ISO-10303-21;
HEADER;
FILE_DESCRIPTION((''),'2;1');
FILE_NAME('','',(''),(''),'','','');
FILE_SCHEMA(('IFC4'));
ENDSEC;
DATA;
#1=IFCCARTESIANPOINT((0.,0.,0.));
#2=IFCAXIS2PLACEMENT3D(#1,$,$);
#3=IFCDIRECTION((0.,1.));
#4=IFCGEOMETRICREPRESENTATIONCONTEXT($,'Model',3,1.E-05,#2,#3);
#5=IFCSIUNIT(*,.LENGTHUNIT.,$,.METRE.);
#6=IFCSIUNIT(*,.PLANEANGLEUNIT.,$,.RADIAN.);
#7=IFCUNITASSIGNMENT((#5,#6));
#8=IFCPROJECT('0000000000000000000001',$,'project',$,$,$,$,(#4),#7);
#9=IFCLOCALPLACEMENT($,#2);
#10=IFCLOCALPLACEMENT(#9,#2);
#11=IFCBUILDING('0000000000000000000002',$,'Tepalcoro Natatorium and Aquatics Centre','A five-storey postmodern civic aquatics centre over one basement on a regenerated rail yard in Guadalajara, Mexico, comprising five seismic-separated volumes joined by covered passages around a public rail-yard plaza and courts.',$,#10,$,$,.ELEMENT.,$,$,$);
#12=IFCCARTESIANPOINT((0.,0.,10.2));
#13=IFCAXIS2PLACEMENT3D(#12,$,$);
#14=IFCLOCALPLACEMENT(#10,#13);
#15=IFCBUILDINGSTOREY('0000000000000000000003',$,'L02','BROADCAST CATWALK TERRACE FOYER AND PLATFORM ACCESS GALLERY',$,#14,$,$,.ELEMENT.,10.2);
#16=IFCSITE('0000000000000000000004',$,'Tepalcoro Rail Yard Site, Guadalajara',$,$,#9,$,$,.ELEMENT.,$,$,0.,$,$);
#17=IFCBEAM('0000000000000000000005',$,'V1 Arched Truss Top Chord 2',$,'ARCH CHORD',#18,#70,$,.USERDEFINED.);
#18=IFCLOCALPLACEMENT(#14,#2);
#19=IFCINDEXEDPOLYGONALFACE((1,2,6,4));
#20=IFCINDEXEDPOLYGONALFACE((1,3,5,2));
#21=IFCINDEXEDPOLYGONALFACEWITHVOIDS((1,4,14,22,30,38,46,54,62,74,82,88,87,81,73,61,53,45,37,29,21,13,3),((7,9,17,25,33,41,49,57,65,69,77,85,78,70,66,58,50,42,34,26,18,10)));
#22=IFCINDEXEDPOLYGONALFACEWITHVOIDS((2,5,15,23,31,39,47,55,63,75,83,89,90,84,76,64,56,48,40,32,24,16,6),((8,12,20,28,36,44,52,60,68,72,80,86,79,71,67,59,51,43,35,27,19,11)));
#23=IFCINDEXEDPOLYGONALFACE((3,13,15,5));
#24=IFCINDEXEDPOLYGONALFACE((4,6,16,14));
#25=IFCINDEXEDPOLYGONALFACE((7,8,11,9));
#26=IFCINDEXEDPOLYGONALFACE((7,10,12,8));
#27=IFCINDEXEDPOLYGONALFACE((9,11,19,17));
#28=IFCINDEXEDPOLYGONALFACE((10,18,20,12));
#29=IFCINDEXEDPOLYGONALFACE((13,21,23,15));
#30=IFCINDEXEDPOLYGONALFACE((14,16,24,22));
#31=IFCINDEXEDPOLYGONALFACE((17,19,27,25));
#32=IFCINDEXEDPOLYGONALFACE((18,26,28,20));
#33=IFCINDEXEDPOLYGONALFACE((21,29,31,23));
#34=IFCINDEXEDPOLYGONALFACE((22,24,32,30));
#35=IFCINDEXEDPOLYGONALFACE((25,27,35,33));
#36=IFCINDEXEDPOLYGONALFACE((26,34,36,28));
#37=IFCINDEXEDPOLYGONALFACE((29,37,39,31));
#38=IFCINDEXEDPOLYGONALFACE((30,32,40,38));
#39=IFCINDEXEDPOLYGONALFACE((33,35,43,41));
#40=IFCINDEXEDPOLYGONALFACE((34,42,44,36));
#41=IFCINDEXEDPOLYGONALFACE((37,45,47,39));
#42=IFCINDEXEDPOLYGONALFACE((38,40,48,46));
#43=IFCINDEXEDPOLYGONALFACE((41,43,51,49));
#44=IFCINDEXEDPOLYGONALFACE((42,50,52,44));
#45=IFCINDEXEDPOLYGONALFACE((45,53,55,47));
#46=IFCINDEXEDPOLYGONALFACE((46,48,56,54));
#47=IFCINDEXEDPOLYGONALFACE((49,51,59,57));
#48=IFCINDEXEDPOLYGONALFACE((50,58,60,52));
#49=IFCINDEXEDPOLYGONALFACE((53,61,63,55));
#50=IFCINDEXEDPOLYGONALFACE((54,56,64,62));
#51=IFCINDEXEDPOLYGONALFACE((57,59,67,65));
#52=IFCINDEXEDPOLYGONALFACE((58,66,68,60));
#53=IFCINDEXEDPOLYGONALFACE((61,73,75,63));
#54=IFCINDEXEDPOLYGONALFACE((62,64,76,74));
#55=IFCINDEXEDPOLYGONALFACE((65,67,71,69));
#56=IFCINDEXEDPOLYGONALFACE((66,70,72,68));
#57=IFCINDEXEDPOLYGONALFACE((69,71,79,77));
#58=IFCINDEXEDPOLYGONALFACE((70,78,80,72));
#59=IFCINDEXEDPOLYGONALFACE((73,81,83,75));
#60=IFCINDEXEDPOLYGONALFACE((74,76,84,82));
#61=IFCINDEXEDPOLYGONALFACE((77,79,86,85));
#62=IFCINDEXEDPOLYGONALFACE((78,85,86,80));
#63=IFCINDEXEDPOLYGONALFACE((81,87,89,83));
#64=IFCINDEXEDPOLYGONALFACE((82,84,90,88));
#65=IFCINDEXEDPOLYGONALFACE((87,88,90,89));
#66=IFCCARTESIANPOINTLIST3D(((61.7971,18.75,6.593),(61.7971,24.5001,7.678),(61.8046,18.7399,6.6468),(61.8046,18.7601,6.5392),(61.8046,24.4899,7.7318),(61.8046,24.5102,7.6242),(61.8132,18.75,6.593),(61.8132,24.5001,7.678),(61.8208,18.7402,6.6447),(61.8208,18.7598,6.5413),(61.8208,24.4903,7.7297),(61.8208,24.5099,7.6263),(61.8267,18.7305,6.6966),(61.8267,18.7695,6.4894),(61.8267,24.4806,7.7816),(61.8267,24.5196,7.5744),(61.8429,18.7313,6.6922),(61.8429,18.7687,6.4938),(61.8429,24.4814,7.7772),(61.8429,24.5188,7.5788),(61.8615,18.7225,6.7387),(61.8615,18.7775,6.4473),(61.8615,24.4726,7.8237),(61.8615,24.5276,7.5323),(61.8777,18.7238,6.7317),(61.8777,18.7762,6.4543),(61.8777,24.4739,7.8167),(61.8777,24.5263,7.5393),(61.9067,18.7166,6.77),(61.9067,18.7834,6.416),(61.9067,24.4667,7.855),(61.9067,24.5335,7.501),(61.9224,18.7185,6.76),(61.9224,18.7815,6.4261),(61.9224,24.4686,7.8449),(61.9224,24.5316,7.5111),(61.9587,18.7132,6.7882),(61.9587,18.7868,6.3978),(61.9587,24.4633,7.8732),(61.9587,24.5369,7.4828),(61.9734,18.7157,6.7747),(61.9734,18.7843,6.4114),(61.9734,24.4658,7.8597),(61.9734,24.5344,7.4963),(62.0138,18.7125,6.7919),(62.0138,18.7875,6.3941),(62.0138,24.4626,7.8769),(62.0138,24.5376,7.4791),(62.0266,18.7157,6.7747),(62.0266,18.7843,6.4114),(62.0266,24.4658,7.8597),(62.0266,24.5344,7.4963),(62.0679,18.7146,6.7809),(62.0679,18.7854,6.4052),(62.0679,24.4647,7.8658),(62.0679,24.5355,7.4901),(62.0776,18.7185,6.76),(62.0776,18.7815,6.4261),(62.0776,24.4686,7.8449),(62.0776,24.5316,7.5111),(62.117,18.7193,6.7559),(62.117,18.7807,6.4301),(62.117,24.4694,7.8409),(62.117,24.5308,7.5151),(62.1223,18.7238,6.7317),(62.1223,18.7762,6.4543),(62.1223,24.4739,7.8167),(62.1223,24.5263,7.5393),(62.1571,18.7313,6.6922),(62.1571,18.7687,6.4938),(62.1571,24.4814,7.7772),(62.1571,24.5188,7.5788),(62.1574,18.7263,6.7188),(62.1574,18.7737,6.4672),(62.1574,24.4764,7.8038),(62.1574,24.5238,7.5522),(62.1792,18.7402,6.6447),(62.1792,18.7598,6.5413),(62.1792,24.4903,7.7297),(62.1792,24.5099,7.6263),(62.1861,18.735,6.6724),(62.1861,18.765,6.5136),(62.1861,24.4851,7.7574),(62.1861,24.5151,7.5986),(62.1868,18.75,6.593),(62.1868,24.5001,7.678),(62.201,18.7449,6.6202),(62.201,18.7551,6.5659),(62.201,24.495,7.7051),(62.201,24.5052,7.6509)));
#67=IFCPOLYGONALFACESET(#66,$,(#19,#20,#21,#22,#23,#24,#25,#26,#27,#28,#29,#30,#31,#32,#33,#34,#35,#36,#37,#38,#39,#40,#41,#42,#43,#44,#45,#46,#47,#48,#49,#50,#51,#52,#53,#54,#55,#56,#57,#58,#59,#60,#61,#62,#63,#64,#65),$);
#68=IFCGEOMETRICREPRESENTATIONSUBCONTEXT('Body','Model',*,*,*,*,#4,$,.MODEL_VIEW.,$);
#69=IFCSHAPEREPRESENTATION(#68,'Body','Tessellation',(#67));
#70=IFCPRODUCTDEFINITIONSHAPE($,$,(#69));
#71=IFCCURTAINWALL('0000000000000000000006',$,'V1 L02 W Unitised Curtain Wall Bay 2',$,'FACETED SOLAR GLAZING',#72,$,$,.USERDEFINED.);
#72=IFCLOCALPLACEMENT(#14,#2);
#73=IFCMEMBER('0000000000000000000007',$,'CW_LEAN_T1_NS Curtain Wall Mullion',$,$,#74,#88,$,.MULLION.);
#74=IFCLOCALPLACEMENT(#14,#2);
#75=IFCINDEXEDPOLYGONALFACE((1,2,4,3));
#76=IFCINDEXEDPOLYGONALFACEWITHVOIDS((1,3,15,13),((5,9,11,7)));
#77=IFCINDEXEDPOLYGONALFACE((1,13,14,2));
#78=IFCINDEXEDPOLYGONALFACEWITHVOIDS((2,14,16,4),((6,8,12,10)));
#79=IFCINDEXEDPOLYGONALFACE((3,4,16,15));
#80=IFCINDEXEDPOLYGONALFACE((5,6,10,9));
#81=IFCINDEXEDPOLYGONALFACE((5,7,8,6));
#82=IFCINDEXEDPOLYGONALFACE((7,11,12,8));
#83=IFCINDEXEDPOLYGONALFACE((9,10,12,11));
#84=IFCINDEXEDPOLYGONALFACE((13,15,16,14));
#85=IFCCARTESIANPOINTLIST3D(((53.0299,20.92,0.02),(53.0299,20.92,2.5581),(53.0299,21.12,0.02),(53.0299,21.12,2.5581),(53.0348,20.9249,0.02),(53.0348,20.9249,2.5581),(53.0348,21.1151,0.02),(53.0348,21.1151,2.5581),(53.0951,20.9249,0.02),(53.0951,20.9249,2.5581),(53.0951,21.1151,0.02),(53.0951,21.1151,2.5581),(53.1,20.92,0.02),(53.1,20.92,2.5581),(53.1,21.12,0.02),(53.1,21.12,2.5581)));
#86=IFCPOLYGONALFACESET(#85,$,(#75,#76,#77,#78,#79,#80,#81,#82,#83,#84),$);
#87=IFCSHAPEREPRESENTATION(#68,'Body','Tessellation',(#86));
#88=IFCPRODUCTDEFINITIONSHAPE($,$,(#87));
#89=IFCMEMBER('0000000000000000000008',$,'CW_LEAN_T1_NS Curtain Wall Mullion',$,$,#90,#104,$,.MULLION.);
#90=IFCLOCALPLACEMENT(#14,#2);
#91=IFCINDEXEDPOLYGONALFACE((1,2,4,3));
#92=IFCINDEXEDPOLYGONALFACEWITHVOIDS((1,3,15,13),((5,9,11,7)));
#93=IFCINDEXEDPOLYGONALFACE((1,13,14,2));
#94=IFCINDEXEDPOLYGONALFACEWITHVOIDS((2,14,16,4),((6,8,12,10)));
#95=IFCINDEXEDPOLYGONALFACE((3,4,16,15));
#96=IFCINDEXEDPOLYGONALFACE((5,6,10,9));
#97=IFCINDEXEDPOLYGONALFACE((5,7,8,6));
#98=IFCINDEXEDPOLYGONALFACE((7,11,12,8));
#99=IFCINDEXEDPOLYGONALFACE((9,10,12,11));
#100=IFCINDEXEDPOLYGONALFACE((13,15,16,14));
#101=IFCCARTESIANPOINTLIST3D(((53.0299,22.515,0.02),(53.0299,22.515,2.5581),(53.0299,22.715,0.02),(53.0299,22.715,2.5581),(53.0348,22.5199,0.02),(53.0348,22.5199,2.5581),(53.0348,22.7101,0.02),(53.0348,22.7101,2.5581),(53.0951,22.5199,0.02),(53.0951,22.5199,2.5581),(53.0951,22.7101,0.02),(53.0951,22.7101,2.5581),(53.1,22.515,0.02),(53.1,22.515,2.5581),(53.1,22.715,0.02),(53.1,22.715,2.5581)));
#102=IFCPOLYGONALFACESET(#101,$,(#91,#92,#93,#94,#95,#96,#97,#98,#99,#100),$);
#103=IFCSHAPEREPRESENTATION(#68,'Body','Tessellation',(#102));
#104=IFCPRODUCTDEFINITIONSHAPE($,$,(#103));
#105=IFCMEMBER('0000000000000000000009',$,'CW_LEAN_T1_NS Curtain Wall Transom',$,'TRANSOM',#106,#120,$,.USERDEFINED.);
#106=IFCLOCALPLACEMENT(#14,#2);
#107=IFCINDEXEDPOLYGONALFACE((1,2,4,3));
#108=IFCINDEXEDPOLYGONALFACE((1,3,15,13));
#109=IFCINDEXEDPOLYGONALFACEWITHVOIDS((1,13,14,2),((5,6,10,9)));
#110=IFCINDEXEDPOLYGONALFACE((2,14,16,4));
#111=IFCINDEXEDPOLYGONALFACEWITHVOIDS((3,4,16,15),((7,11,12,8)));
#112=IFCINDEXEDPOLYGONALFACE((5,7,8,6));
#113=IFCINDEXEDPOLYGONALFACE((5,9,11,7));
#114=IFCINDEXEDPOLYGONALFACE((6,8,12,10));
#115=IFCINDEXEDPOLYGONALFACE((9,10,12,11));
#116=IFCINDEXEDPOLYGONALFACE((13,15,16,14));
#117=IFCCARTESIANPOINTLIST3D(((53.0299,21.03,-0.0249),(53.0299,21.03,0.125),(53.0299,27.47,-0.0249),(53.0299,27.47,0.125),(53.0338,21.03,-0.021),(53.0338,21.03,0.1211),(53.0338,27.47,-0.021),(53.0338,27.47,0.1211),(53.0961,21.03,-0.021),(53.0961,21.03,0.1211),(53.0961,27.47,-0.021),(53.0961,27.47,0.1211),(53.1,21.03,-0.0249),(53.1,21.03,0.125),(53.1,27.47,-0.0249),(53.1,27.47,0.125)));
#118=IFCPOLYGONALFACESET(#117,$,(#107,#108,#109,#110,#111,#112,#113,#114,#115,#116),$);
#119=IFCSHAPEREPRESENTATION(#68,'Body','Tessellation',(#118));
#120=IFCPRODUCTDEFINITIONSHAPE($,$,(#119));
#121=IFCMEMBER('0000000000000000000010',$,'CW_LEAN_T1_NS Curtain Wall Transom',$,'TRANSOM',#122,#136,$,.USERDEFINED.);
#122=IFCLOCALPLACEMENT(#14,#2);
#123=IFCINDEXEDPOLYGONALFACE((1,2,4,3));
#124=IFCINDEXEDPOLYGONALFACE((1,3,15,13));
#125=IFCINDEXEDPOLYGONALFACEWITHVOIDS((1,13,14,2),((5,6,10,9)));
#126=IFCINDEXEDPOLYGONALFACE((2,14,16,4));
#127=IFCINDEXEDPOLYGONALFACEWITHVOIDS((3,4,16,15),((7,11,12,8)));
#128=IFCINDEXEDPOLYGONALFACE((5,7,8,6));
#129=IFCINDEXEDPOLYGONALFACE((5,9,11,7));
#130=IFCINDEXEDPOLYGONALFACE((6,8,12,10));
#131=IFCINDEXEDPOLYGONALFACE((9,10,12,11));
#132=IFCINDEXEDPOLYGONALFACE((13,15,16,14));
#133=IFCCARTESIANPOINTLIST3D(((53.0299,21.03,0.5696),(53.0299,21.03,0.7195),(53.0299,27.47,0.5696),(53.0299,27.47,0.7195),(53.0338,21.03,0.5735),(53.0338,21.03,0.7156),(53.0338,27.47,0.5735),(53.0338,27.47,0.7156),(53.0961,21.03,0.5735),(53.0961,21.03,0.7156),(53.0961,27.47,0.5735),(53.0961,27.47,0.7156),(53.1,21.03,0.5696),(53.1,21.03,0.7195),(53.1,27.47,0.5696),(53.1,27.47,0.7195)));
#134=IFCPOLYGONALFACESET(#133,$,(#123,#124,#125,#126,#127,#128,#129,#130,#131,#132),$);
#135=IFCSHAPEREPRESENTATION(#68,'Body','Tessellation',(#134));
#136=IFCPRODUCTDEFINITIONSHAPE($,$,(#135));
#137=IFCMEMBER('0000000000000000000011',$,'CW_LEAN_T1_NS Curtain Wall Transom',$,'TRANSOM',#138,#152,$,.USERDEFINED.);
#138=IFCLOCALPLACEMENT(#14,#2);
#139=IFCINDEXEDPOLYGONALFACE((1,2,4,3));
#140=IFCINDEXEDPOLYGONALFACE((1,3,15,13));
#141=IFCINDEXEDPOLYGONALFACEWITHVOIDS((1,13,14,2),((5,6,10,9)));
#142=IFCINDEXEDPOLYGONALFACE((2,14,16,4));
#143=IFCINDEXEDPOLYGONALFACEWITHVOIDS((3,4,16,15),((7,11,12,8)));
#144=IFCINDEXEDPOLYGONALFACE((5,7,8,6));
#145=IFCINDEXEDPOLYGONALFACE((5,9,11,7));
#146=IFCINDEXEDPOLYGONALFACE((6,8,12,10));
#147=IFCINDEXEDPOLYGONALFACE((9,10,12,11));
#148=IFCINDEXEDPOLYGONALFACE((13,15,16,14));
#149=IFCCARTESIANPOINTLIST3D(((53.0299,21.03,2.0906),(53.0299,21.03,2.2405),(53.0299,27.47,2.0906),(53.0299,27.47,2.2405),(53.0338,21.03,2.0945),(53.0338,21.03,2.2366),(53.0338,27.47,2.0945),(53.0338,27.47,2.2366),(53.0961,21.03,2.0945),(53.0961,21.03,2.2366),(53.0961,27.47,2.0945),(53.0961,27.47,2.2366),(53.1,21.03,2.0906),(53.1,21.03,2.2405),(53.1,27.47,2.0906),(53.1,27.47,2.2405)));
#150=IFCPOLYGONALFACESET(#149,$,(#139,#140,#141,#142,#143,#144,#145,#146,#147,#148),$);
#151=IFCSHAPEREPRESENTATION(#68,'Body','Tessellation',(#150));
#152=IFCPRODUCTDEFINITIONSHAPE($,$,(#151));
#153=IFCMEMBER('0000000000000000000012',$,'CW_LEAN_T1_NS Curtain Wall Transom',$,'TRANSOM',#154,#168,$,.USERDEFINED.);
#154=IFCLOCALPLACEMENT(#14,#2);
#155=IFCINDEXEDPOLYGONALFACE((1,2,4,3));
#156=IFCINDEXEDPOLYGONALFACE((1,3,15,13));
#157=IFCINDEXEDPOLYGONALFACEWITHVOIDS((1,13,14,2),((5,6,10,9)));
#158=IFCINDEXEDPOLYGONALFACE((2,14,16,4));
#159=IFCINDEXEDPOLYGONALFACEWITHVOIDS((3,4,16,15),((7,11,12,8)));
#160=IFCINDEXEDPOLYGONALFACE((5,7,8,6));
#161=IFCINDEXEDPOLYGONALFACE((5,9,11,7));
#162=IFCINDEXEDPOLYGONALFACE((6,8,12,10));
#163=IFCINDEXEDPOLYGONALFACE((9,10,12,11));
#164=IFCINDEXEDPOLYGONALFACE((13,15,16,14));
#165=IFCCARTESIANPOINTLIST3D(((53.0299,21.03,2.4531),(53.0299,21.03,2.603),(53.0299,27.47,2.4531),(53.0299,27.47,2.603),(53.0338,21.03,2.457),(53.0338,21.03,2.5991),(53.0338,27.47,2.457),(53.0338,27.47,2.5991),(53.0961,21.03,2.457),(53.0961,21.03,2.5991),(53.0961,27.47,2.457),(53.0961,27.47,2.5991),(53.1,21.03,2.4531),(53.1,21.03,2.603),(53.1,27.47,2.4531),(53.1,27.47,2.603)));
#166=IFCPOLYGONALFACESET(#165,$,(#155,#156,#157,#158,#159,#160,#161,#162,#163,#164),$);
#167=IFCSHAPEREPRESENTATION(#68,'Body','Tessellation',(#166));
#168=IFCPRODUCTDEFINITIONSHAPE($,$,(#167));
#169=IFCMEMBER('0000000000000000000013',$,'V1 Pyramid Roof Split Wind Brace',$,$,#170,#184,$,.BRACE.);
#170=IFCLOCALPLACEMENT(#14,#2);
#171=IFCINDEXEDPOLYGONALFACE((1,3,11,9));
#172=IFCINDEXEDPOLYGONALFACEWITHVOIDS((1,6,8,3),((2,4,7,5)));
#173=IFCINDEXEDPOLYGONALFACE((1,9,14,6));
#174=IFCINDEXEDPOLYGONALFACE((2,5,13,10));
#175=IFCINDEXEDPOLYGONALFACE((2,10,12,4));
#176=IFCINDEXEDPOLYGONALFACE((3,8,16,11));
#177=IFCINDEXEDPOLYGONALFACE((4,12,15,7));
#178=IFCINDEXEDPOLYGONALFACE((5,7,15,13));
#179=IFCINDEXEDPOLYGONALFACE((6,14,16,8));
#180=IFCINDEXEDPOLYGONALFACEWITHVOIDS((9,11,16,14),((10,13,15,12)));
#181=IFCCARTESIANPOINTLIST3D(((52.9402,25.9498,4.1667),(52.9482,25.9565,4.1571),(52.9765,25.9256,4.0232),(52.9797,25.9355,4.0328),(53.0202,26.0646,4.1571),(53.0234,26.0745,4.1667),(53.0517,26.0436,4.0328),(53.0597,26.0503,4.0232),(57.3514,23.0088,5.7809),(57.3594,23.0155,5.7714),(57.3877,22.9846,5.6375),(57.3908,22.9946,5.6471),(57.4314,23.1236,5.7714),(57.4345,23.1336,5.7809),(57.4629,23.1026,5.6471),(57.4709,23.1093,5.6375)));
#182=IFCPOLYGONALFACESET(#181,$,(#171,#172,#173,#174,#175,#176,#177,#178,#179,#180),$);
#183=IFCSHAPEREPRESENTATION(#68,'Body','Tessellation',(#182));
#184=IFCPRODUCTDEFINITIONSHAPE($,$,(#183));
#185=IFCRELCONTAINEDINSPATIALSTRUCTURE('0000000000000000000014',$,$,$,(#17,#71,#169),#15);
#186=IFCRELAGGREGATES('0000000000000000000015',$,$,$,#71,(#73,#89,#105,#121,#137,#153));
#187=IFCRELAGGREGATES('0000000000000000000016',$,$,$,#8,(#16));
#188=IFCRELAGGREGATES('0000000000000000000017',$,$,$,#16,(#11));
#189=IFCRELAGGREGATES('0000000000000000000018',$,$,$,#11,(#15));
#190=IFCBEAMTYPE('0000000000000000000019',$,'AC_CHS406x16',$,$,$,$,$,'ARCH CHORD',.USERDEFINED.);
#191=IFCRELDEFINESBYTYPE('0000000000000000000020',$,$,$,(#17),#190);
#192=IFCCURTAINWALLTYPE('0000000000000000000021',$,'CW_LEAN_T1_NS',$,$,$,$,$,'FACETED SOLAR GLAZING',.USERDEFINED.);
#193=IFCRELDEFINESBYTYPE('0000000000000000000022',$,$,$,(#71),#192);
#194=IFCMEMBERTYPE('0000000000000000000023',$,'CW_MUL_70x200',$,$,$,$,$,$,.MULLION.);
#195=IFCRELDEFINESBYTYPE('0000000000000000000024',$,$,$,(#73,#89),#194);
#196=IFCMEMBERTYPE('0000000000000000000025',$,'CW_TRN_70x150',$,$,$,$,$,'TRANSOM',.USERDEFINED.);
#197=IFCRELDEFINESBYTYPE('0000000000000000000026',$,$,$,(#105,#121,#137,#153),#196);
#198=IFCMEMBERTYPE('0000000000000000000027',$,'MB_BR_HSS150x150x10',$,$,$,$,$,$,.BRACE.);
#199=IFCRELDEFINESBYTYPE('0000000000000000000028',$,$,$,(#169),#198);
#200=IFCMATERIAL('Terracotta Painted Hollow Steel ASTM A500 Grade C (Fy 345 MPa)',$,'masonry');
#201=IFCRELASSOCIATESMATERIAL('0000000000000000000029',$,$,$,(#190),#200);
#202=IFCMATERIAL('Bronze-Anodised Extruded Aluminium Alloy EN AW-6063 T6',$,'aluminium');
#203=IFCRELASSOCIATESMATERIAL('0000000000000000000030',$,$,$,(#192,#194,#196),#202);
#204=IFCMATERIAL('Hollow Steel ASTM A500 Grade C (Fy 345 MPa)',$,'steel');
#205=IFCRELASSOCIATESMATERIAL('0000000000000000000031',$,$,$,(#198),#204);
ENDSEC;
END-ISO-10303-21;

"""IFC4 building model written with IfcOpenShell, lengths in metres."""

from ifc_helpers import new_model, si_unit, direction, frame, origin, origin_2d, place, context, subcontext, project, spatial, hollow_rectangle, hollow_circle, extrude, material, material_profile, profile_set, type_object, element, aggregate, save


model = new_model("IFC4")

# Units and contexts
model_context = context("Model", 3, precision=1e-05, world=origin(), true_north=direction((0.0, 1.0)))
body_context = subcontext(model_context, "Body", "Model", "MODEL_VIEW")
ifc_project = project(units=[si_unit("LENGTHUNIT", "METRE"), si_unit("PLANEANGLEUNIT", "RADIAN")], contexts=[model_context])

# Site, building, storey
site_placement = place(None, origin())
site = spatial("IfcSite", under=ifc_project, at=site_placement, Name="Tepalcoro Rail Yard Site, Guadalajara", CompositionType="ELEMENT", RefElevation=0.0)
building_placement = place(site_placement, origin())
building = spatial("IfcBuilding", under=site, at=building_placement, Name="Tepalcoro Natatorium and Aquatics Centre", Description="A five-storey postmodern civic aquatics centre over one basement on a regenerated rail yard in Guadalajara, Mexico, comprising five seismic-separated volumes joined by covered passages around a public rail-yard plaza and courts.", CompositionType="ELEMENT")
storey_placement = place(building_placement, frame((0.0, 0.0, 10.2)))
storey = spatial("IfcBuildingStorey", under=building, at=storey_placement, Name="L02", Description="BROADCAST CATWALK TERRACE FOYER AND PLATFORM ACCESS GALLERY", CompositionType="ELEMENT", Elevation=10.2)

# Beam
ifc_material_1 = material(Name="Terracotta Painted Hollow Steel ASTM A500 Grade C (Fy 345 MPa)", Category="masonry")
ifc_material_profile_1 = material_profile(ifc_material_1, hollow_circle(Radius=0.2029, WallThickness=0.0161, at=origin_2d()), Name="CHS406X16")
ifc_profile_set_1 = profile_set([ifc_material_profile_1], Name="Terracotta Painted Hollow Steel ASTM A500 Grade C (Fy 345 MPa)")
beam_type = type_object("IfcBeamType", Name="AC_CHS406x16", ElementType="ARCH CHORD", PredefinedType="USERDEFINED", material=ifc_profile_set_1)
beam_placement = place(storey_placement, frame((62.0, 18.75, 6.593), z_axis=(0.0, 0.98266, 0.185417), x_axis=(-1.0, 0.0, 0.0)))
element("IfcBeam", 1, at=beam_placement, inside=storey, type_object=beam_type, Name="V1 Arched Truss Top Chord 2", ObjectType="ARCH CHORD", PredefinedType="USERDEFINED", context=body_context, shape_type="SweptSolid", body=[
    extrude(hollow_circle(Radius=0.2029, WallThickness=0.0161, at=origin_2d()), origin(), (0.0, 0.0, 1.0), 5.8516),
])

# Curtain wall, members
ifc_material_2 = material(Name="Bronze-Anodised Extruded Aluminium Alloy EN AW-6063 T6", Category="aluminium")
curtain_wall_type = type_object("IfcCurtainWallType", Name="CW_LEAN_T1_NS", ElementType="FACETED SOLAR GLAZING", PredefinedType="USERDEFINED", material=ifc_material_2)
curtain_wall_placement = place(storey_placement, origin())
curtain_wall = element("IfcCurtainWall", 2, at=curtain_wall_placement, inside=storey, type_object=curtain_wall_type, Name="V1 L02 W Unitised Curtain Wall Bay 2", ObjectType="FACETED SOLAR GLAZING", PredefinedType="USERDEFINED")
ifc_material_profile_2 = material_profile(ifc_material_2, hollow_rectangle(XDim=0.0701, YDim=0.2, WallThickness=0.0049, at=origin_2d()), Name="AL70X200X5")
ifc_profile_set_2 = profile_set([ifc_material_profile_2], Name="Bronze-Anodised Extruded Aluminium Alloy EN AW-6063 T6")
member_type_1 = type_object("IfcMemberType", Name="CW_MUL_70x200", PredefinedType="MULLION", material=ifc_profile_set_2)
member_1_placement = place(storey_placement, frame((53.0649, 21.02, 0.02), z_axis=(0.0, 0.0, 1.0), x_axis=(1.0, 0.0, 0.0)))
member_1 = element("IfcMember", 3, at=member_1_placement, type_object=member_type_1, Name="CW_LEAN_T1_NS Curtain Wall Mullion", PredefinedType="MULLION", context=body_context, shape_type="SweptSolid", body=[
    extrude(hollow_rectangle(XDim=0.0701, YDim=0.2, WallThickness=0.0049, at=origin_2d()), origin(), (0.0, 0.0, 1.0), 2.5381),
])
member_2_placement = place(storey_placement, frame((53.0649, 22.615, 0.02), z_axis=(0.0, 0.0, 1.0), x_axis=(1.0, 0.0, 0.0)))
member_2 = element("IfcMember", 4, at=member_2_placement, type_object=member_type_1, Name="CW_LEAN_T1_NS Curtain Wall Mullion", PredefinedType="MULLION", context=body_context, shape_type="SweptSolid", body=[
    extrude(hollow_rectangle(XDim=0.0701, YDim=0.2, WallThickness=0.0049, at=origin_2d()), origin(), (0.0, 0.0, 1.0), 2.5381),
])
ifc_material_profile_3 = material_profile(ifc_material_2, hollow_rectangle(XDim=0.0701, YDim=0.1499, WallThickness=0.0039, at=origin_2d()), Name="AL70X150X4")
ifc_profile_set_3 = profile_set([ifc_material_profile_3], Name="Bronze-Anodised Extruded Aluminium Alloy EN AW-6063 T6")
member_type_2 = type_object("IfcMemberType", Name="CW_TRN_70x150", ElementType="TRANSOM", PredefinedType="USERDEFINED", material=ifc_profile_set_3)
member_3_placement = place(storey_placement, frame((53.0649, 21.03, 0.05), z_axis=(0.0, 1.0, 0.0), x_axis=(-1.0, 0.0, 0.0)))
member_3 = element("IfcMember", 5, at=member_3_placement, type_object=member_type_2, Name="CW_LEAN_T1_NS Curtain Wall Transom", ObjectType="TRANSOM", PredefinedType="USERDEFINED", context=body_context, shape_type="SweptSolid", body=[
    extrude(hollow_rectangle(XDim=0.0701, YDim=0.1499, WallThickness=0.0039, at=origin_2d()), origin(), (0.0, 0.0, 1.0), 6.4399),
])
member_4_placement = place(storey_placement, frame((53.0649, 21.03, 0.6445), z_axis=(0.0, 1.0, 0.0), x_axis=(-1.0, 0.0, 0.0)))
member_4 = element("IfcMember", 6, at=member_4_placement, type_object=member_type_2, Name="CW_LEAN_T1_NS Curtain Wall Transom", ObjectType="TRANSOM", PredefinedType="USERDEFINED", context=body_context, shape_type="SweptSolid", body=[
    extrude(hollow_rectangle(XDim=0.0701, YDim=0.1499, WallThickness=0.0039, at=origin_2d()), origin(), (0.0, 0.0, 1.0), 6.4399),
])
member_5_placement = place(storey_placement, frame((53.0649, 21.03, 2.1655), z_axis=(0.0, 1.0, 0.0), x_axis=(-1.0, 0.0, 0.0)))
member_5 = element("IfcMember", 7, at=member_5_placement, type_object=member_type_2, Name="CW_LEAN_T1_NS Curtain Wall Transom", ObjectType="TRANSOM", PredefinedType="USERDEFINED", context=body_context, shape_type="SweptSolid", body=[
    extrude(hollow_rectangle(XDim=0.0701, YDim=0.1499, WallThickness=0.0039, at=origin_2d()), origin(), (0.0, 0.0, 1.0), 6.4399),
])
member_6_placement = place(storey_placement, frame((53.0649, 21.03, 2.5281), z_axis=(0.0, 1.0, 0.0), x_axis=(-1.0, 0.0, 0.0)))
member_6 = element("IfcMember", 8, at=member_6_placement, type_object=member_type_2, Name="CW_LEAN_T1_NS Curtain Wall Transom", ObjectType="TRANSOM", PredefinedType="USERDEFINED", context=body_context, shape_type="SweptSolid", body=[
    extrude(hollow_rectangle(XDim=0.0701, YDim=0.1499, WallThickness=0.0039, at=origin_2d()), origin(), (0.0, 0.0, 1.0), 6.4399),
])

# Member
ifc_material_3 = material(Name="Hollow Steel ASTM A500 Grade C (Fy 345 MPa)", Category="steel")
ifc_material_profile_4 = material_profile(ifc_material_3, hollow_rectangle(XDim=0.1499, YDim=0.1499, WallThickness=0.01, at=origin_2d()), Name="HSS150X150X10")
ifc_profile_set_4 = profile_set([ifc_material_profile_4], Name="Hollow Steel ASTM A500 Grade C (Fy 345 MPa)")
member_type_3 = type_object("IfcMemberType", Name="MB_BR_HSS150x150x10", PredefinedType="BRACE", material=ifc_profile_set_4)
member_7_placement = place(storey_placement, frame((57.4111, 23.0591, 5.7092), z_axis=(-0.795957, 0.530667, -0.291281), x_axis=(-0.554721, -0.832036, 0.0)))
element("IfcMember", 9, at=member_7_placement, inside=storey, type_object=member_type_3, Name="V1 Pyramid Roof Split Wind Brace", PredefinedType="BRACE", context=body_context, shape_type="SweptSolid", body=[
    extrude(hollow_rectangle(XDim=0.1499, YDim=0.1499, WallThickness=0.01, at=origin_2d()), origin(), (0.0, 0.0, 1.0), 5.542),
])

aggregate(curtain_wall, [member_1, member_2, member_3, member_4, member_5, member_6])

save(model, "model.ifc")
